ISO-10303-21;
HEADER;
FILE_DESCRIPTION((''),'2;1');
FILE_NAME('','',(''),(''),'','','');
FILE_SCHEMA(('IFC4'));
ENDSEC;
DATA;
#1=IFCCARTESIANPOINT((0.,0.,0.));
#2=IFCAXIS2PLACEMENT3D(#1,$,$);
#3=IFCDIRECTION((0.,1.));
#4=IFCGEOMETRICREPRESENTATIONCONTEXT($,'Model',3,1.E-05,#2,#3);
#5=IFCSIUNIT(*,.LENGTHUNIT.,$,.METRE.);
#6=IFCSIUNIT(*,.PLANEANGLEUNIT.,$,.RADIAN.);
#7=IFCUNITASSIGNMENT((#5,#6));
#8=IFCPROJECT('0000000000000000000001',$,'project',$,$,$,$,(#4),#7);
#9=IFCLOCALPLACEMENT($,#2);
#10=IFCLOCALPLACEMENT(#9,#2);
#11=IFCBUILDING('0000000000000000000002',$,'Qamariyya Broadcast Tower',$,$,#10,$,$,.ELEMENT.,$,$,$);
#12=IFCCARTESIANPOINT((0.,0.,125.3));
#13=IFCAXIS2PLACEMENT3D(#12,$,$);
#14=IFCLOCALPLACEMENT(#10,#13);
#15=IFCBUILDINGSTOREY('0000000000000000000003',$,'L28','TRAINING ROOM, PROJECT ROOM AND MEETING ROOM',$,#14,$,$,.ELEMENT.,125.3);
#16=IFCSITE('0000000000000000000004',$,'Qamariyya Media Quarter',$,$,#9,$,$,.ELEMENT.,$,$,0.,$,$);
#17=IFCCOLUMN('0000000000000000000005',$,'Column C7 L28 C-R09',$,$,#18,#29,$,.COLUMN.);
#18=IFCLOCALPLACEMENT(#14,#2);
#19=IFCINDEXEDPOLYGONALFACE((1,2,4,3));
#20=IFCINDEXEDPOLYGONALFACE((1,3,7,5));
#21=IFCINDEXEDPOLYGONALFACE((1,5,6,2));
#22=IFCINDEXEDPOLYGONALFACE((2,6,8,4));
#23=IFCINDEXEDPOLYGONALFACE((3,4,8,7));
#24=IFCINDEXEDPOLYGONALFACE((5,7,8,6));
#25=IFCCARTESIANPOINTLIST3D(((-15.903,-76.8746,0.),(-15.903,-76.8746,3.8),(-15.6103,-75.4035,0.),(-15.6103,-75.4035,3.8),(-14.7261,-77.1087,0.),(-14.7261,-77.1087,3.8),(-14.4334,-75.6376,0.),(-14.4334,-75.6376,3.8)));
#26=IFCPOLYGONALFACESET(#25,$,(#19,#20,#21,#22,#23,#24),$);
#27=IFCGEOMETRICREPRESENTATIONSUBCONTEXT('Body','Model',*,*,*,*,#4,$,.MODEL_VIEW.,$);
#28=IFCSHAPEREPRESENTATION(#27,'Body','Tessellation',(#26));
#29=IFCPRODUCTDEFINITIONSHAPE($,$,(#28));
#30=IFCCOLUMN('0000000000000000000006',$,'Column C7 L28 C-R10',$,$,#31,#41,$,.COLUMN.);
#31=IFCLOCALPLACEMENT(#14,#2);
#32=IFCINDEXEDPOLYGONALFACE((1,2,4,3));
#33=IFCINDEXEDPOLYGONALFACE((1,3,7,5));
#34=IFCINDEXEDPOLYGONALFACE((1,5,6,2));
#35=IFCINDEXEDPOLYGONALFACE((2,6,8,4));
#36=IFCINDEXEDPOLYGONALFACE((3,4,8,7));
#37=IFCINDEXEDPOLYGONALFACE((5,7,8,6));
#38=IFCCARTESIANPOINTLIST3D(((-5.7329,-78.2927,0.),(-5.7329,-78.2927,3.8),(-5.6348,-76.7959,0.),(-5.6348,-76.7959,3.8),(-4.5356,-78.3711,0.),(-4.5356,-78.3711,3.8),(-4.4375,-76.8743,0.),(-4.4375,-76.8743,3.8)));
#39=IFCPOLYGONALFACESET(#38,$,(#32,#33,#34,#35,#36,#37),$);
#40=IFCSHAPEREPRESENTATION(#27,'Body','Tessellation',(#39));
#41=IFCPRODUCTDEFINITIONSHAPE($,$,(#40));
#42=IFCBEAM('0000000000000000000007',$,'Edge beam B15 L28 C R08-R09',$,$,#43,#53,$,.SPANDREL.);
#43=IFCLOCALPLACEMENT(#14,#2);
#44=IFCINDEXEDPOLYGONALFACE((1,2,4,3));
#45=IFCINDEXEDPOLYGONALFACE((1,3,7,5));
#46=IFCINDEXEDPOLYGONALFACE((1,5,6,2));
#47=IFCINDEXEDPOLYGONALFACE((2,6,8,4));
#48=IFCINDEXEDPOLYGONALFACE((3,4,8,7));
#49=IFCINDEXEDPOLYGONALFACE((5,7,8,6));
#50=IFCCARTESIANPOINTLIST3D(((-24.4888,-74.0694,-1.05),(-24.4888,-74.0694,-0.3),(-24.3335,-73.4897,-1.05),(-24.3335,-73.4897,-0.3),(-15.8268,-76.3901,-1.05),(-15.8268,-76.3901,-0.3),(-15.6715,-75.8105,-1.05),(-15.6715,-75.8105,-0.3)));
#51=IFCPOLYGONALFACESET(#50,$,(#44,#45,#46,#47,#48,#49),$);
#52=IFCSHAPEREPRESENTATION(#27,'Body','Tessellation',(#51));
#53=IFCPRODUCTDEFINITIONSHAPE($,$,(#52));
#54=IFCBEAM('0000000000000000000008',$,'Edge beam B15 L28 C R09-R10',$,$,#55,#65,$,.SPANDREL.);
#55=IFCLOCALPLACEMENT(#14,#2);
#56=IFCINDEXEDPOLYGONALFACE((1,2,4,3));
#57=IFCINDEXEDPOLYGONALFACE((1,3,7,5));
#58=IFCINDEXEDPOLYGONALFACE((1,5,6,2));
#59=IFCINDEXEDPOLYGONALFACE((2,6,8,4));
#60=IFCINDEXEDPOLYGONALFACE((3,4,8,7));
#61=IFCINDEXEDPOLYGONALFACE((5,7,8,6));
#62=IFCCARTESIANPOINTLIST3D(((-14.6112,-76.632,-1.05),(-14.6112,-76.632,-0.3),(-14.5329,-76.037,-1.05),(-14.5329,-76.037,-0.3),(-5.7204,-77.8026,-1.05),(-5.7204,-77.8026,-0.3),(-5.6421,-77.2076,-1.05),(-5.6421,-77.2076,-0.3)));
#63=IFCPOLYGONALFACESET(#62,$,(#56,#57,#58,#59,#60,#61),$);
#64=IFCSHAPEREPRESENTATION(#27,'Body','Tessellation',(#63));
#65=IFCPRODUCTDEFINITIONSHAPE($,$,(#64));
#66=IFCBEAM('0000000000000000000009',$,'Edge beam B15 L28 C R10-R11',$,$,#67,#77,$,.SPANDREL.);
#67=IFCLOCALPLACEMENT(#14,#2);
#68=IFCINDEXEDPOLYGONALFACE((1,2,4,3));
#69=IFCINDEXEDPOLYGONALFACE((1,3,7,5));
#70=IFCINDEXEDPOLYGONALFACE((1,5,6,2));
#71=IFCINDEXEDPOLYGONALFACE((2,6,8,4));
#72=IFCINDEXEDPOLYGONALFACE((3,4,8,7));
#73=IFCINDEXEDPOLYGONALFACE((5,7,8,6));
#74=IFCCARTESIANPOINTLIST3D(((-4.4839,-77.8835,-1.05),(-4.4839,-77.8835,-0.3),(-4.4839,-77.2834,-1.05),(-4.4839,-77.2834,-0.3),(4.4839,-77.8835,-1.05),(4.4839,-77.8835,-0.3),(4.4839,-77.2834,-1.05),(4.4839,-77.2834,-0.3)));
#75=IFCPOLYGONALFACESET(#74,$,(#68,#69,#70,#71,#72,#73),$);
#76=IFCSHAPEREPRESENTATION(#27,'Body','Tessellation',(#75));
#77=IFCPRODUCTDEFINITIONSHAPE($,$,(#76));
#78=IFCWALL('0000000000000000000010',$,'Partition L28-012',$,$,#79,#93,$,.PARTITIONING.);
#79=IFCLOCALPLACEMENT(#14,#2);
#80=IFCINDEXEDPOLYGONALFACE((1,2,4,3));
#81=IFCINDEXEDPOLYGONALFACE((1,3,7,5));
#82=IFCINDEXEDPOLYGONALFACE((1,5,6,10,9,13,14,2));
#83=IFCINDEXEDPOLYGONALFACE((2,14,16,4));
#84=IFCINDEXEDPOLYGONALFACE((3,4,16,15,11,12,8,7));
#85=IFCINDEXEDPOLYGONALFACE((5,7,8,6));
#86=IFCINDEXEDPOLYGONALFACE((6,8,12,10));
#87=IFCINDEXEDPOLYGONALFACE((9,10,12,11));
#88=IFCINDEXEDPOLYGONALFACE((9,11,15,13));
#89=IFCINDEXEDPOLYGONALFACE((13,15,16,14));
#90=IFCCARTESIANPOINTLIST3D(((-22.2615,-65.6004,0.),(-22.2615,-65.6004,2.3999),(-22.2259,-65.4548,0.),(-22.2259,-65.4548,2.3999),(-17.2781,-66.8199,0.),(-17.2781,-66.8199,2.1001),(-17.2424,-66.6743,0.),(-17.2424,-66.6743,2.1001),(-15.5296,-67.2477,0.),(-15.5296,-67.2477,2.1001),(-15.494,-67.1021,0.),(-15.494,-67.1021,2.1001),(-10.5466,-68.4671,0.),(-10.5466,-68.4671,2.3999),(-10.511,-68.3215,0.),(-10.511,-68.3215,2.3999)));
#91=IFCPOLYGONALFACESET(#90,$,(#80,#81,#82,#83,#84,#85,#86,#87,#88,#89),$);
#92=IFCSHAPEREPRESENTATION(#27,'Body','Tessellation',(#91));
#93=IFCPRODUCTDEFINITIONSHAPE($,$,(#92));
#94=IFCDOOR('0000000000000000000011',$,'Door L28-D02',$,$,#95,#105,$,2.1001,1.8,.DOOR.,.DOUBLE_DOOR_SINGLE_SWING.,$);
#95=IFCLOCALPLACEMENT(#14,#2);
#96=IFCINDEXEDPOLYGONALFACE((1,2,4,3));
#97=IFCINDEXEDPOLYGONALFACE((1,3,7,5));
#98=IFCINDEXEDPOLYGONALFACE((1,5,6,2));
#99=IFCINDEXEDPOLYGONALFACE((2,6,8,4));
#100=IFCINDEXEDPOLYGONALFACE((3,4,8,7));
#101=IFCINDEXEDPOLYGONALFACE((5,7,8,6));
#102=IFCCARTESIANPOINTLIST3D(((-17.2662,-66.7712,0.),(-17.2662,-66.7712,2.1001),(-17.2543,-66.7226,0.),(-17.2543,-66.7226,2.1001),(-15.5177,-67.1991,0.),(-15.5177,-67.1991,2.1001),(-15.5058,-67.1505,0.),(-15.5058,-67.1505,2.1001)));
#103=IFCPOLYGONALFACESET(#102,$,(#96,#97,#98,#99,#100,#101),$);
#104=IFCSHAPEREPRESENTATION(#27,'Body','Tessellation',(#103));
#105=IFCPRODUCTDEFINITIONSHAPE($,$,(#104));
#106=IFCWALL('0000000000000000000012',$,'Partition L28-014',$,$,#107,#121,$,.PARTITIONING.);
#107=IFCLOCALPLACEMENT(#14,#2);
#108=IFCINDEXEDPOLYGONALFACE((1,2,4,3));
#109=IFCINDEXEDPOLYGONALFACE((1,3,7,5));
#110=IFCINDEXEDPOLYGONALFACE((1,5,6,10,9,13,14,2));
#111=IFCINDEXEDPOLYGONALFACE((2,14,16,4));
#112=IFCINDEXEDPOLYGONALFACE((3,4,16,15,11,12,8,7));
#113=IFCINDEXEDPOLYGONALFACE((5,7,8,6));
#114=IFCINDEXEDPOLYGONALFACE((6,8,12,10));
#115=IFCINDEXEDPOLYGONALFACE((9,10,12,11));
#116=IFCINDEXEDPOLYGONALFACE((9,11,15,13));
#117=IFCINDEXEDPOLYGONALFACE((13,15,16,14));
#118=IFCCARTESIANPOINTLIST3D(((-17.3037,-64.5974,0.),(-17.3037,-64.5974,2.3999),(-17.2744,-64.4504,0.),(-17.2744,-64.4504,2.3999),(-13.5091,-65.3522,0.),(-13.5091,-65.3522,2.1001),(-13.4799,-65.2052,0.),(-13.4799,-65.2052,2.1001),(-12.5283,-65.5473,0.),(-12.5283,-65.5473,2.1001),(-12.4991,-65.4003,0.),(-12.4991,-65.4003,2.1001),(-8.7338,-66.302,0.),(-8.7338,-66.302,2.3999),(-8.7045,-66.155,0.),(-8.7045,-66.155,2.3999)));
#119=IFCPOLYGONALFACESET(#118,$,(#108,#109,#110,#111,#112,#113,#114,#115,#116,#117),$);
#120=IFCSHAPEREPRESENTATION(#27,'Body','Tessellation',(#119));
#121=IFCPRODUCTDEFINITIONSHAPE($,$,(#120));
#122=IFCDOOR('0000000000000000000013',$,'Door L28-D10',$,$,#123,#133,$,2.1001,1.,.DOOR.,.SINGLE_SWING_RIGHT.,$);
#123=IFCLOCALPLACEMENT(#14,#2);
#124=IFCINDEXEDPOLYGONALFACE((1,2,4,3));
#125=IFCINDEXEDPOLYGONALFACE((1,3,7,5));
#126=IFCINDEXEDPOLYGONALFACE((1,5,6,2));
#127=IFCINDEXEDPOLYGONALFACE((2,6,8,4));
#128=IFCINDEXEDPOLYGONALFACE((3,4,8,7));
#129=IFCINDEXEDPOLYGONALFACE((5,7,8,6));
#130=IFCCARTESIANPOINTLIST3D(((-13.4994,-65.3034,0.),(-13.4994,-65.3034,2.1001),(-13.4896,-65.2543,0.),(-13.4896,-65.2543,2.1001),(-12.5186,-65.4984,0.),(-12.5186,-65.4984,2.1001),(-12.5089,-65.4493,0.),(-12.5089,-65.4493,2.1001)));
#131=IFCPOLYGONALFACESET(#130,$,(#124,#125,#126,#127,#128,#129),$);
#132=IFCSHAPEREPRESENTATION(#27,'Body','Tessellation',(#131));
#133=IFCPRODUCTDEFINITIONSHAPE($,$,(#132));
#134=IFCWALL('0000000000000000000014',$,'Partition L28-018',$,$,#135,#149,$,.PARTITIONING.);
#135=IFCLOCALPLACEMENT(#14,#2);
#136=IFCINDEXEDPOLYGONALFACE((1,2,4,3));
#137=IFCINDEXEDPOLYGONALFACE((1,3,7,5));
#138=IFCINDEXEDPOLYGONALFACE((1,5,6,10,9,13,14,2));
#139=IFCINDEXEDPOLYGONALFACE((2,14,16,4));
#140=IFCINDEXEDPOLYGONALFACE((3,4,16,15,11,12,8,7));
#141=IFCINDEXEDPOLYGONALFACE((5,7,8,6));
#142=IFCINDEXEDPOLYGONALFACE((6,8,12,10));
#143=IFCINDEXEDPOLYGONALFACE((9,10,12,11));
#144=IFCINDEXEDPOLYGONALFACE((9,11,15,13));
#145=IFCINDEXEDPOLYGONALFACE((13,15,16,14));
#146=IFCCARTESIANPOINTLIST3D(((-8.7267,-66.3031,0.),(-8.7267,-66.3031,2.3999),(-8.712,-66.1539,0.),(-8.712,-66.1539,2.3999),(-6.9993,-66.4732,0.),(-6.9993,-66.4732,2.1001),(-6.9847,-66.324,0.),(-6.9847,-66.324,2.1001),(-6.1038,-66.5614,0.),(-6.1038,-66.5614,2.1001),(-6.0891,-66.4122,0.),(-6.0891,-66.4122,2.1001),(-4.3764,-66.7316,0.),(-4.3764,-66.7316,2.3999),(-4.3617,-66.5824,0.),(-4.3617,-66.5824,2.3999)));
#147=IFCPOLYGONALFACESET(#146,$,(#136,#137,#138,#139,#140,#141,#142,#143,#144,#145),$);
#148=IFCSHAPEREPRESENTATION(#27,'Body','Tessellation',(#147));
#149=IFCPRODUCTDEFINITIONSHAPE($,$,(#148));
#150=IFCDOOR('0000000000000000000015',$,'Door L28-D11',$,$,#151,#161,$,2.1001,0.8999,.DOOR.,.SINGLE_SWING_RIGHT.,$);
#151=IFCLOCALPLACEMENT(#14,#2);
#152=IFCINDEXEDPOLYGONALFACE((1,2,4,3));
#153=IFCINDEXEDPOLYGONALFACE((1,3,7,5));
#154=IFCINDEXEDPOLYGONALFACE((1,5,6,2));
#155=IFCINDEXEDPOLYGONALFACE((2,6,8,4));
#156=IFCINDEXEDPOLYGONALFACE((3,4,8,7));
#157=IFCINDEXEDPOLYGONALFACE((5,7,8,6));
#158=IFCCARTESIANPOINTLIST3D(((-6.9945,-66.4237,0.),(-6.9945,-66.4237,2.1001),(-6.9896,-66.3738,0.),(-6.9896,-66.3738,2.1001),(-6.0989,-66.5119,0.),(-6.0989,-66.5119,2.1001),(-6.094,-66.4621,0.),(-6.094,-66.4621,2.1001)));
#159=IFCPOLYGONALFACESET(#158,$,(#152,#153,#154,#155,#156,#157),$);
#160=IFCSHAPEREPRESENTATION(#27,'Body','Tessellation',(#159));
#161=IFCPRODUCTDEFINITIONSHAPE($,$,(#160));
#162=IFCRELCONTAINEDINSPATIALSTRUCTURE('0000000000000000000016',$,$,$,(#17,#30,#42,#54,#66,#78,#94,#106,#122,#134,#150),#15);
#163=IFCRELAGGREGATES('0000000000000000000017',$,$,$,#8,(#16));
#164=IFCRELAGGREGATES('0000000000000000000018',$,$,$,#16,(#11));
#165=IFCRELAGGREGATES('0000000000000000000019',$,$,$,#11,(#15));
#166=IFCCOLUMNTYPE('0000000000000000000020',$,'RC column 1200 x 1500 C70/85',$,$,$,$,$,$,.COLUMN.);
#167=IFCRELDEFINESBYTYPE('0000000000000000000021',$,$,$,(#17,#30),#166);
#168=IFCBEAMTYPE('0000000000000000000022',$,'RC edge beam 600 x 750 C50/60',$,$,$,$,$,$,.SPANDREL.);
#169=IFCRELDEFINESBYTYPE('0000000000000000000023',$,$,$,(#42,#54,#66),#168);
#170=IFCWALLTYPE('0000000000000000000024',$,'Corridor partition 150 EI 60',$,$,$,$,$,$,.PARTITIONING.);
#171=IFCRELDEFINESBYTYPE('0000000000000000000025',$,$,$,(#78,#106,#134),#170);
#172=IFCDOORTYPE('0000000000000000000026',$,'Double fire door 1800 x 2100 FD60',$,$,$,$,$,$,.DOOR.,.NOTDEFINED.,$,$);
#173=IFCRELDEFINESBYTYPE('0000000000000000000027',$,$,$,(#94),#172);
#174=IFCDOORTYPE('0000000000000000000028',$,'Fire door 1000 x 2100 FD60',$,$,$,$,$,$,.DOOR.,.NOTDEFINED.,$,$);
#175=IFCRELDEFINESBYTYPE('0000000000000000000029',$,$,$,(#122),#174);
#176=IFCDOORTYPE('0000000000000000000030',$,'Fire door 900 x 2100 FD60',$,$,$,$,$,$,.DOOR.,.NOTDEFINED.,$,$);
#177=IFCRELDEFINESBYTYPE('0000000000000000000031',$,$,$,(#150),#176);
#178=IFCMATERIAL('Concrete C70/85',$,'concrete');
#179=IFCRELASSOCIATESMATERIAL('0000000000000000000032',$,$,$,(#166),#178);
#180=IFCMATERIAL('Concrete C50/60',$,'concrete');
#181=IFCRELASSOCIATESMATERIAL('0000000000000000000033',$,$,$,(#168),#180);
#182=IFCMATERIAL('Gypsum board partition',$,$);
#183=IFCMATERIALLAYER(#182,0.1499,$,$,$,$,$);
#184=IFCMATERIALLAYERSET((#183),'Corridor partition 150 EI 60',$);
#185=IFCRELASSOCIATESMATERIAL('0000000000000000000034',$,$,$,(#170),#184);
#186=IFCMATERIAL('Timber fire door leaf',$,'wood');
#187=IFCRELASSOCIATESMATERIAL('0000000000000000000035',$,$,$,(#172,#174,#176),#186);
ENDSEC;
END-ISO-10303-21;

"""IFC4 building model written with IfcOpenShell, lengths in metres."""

from ifc_helpers import new_model, si_unit, direction, frame, frame_2d, origin, origin_2d, place, context, subcontext, project, spatial, rectangle, extrude, material, layer, layer_set, material_profile, profile_set, type_object, element, fill, save


model = new_model("IFC4")

# Units and contexts
model_context = context("Model", 3, precision=1e-05, world=origin(), true_north=direction((0.0, 1.0)))
body_context = subcontext(model_context, "Body", "Model", "MODEL_VIEW")
ifc_project = project(units=[si_unit("LENGTHUNIT", "METRE"), si_unit("PLANEANGLEUNIT", "RADIAN")], contexts=[model_context])

# Site, building, storey
site_placement = place(None, origin())
site = spatial("IfcSite", under=ifc_project, at=site_placement, Name="Qamariyya Media Quarter", CompositionType="ELEMENT", RefElevation=0.0)
building_placement = place(site_placement, origin())
building = spatial("IfcBuilding", under=site, at=building_placement, Name="Qamariyya Broadcast Tower", CompositionType="ELEMENT")
storey_placement = place(building_placement, frame((0.0, 0.0, 125.3)))
storey = spatial("IfcBuildingStorey", under=building, at=storey_placement, Name="L28", Description="TRAINING ROOM, PROJECT ROOM AND MEETING ROOM", CompositionType="ELEMENT", Elevation=125.3)

# Columns
ifc_material_1 = material(Name="Concrete C70/85", Category="concrete")
ifc_material_profile_1 = material_profile(ifc_material_1, rectangle(XDim=1.2, YDim=1.5, at=origin_2d()))
ifc_profile_set_1 = profile_set([ifc_material_profile_1], Name="Concrete C70/85")
column_type = type_object("IfcColumnType", Name="RC column 1200 x 1500 C70/85", PredefinedType="COLUMN", material=ifc_profile_set_1)
for number, where, z_axis, x_axis, name in (
    (1, (-15.1682, -76.2561, 0.0), (0.0, 0.0, 1.0), (0.980785, -0.19509, 0.0), "Column C7 L28 C-R09"),
    (2, (-5.0852, -77.5835, 0.0), (0.0, 0.0, 1.0), (0.997859, -0.065403, 0.0), "Column C7 L28 C-R10"),
):
    element("IfcColumn", number, at=place(storey_placement, frame(where, z_axis=z_axis, x_axis=x_axis)), inside=storey, type_object=column_type, Name=name, PredefinedType="COLUMN", context=body_context, shape_type="SweptSolid", body=[
        extrude(rectangle(XDim=1.2, YDim=1.5, at=origin_2d()), origin(), (0.0, 0.0, 1.0), 3.8),
    ])

# Beams
ifc_material_2 = material(Name="Concrete C50/60", Category="concrete")
ifc_material_profile_2 = material_profile(ifc_material_2, rectangle(XDim=0.6001, YDim=0.75, at=origin_2d()))
ifc_profile_set_2 = profile_set([ifc_material_profile_2], Name="Concrete C50/60")
beam_type = type_object("IfcBeamType", Name="RC edge beam 600 x 750 C50/60", PredefinedType="SPANDREL", material=ifc_profile_set_2)
for number, where, z_axis, x_axis, name in (
    (3, (-24.4111, -73.7795, -0.675), (0.965932, -0.258798, 0.0), (0.258798, 0.965932, 0.0), "Edge beam B15 L28 C R08-R09"),
    (4, (-14.572, -76.3345, -0.675), (0.991443, -0.130543, 0.0), (0.130543, 0.991443, 0.0), "Edge beam B15 L28 C R09-R10"),
):
    element("IfcBeam", number, at=place(storey_placement, frame(where, z_axis=z_axis, x_axis=x_axis)), inside=storey, type_object=beam_type, Name=name, PredefinedType="SPANDREL", context=body_context, shape_type="SweptSolid", body=[
        extrude(rectangle(XDim=0.6001, YDim=0.75, at=origin_2d()), origin(), (0.0, 0.0, 1.0), 8.9675),
    ])
beam_placement = place(storey_placement, frame((-4.4839, -77.5835, -0.675), z_axis=(1.0, 0.0, 0.0), x_axis=(0.0, 1.0, 0.0)))
element("IfcBeam", 5, at=beam_placement, inside=storey, type_object=beam_type, Name="Edge beam B15 L28 C R10-R11", PredefinedType="SPANDREL", context=body_context, shape_type="SweptSolid", body=[
    extrude(rectangle(XDim=0.6001, YDim=0.75, at=origin_2d()), origin(), (0.0, 0.0, 1.0), 8.9678),
])

# Walls, openings, doors
ifc_material_3 = material(Name="Gypsum board partition")
ifc_layer_1 = layer(ifc_material_3, 0.1499)
ifc_layer_set_1 = layer_set([ifc_layer_1], Name="Corridor partition 150 EI 60")
wall_type_1 = type_object("IfcWallType", Name="Corridor partition 150 EI 60", PredefinedType="PARTITIONING", material=ifc_layer_set_1)
wall_1_placement = place(storey_placement, frame((-10.5288, -68.3943, 0.0), z_axis=(0.0, 0.0, 1.0), x_axis=(-0.97134, 0.237693, 0.0)))
wall_1 = element("IfcWall", 6, at=wall_1_placement, inside=storey, type_object=wall_type_1, Name="Partition L28-012", PredefinedType="PARTITIONING", context=body_context, shape_type="SweptSolid", body=[
    extrude(rectangle(XDim=12.0605, YDim=0.1499, at=frame_2d((6.0303, 0.0))), origin(), (0.0, 0.0, 1.0), 2.3999),
])
opening_1_placement = place(wall_1_placement, frame((5.1301, 0.0, 0.0)))
opening_1 = element("IfcOpeningElement", 7, at=opening_1_placement, cuts=wall_1, PredefinedType="OPENING", context=body_context, shape_type="SweptSolid", body=[
    extrude(rectangle(XDim=1.8, YDim=2.1001, at=frame_2d((0.8999, 1.05))), frame((0.0, 0.085, 0.0), z_axis=(0.0, -1.0, 0.0), x_axis=(1.0, 0.0, 0.0)), (0.0, 0.0, 1.0), 0.1699),
])
ifc_material_4 = material(Name="Timber fire door leaf", Category="wood")
door_type_1 = type_object("IfcDoorType", Name="Double fire door 1800 x 2100 FD60", OperationType="NOTDEFINED", PredefinedType="DOOR", material=ifc_material_4)
door_1_placement = place(opening_1_placement, origin())
door_1 = element("IfcDoor", 8, at=door_1_placement, inside=storey, type_object=door_type_1, Name="Door L28-D02", OperationType="DOUBLE_DOOR_SINGLE_SWING", OverallHeight=2.1001, OverallWidth=1.8, PredefinedType="DOOR", context=body_context, shape_type="SweptSolid", body=[
    extrude(rectangle(XDim=1.8, YDim=2.1001, at=frame_2d((0.8999, 1.05))), frame((0.0, 0.0249, 0.0), z_axis=(0.0, -1.0, 0.0), x_axis=(1.0, 0.0, 0.0)), (0.0, 0.0, 1.0), 0.05),
])
fill(opening_1, door_1)
wall_2_placement = place(storey_placement, frame((-17.2891, -64.5239, 0.0), z_axis=(0.0, 0.0, 1.0), x_axis=(0.980786, -0.195084, 0.0)))
wall_2 = element("IfcWall", 9, at=wall_2_placement, inside=storey, type_object=wall_type_1, Name="Partition L28-014", PredefinedType="PARTITIONING", context=body_context, shape_type="SweptSolid", body=[
    extrude(rectangle(XDim=8.7378, YDim=0.1499, at=frame_2d((4.3689, 0.0))), origin(), (0.0, 0.0, 1.0), 2.3999),
])
opening_2_placement = place(wall_2_placement, frame((3.8689, 0.0, 0.0)))
opening_2 = element("IfcOpeningElement", 10, at=opening_2_placement, cuts=wall_2, PredefinedType="OPENING", context=body_context, shape_type="SweptSolid", body=[
    extrude(rectangle(XDim=1.0, YDim=2.1001, at=frame_2d((0.5, 1.05))), frame((0.0, 0.085, 0.0), z_axis=(0.0, -1.0, 0.0), x_axis=(1.0, 0.0, 0.0)), (0.0, 0.0, 1.0), 0.1699),
])
door_type_2 = type_object("IfcDoorType", Name="Fire door 1000 x 2100 FD60", OperationType="NOTDEFINED", PredefinedType="DOOR", material=ifc_material_4)
door_2_placement = place(opening_2_placement, origin())
door_2 = element("IfcDoor", 11, at=door_2_placement, inside=storey, type_object=door_type_2, Name="Door L28-D10", OperationType="SINGLE_SWING_RIGHT", OverallHeight=2.1001, OverallWidth=1.0, PredefinedType="DOOR", context=body_context, shape_type="SweptSolid", body=[
    extrude(rectangle(XDim=1.0, YDim=2.1001, at=frame_2d((0.5, 1.05))), frame((0.0, 0.0249, 0.0), z_axis=(0.0, -1.0, 0.0), x_axis=(1.0, 0.0, 0.0)), (0.0, 0.0, 1.0), 0.05),
])
fill(opening_2, door_2)
wall_3_placement = place(storey_placement, frame((-8.7192, -66.2285, 0.0), z_axis=(0.0, 0.0, 1.0), x_axis=(0.995185, -0.098016, 0.0)))
wall_3 = element("IfcWall", 12, at=wall_3_placement, inside=storey, type_object=wall_type_1, Name="Partition L28-018", PredefinedType="PARTITIONING", context=body_context, shape_type="SweptSolid", body=[
    extrude(rectangle(XDim=4.3713, YDim=0.1499, at=frame_2d((2.1855, 0.0))), origin(), (0.0, 0.0, 1.0), 2.3999),
])
opening_3_placement = place(wall_3_placement, frame((1.7356, 0.0, 0.0)))
opening_3 = element("IfcOpeningElement", 13, at=opening_3_placement, cuts=wall_3, PredefinedType="OPENING", context=body_context, shape_type="SweptSolid", body=[
    extrude(rectangle(XDim=0.8999, YDim=2.1001, at=frame_2d((0.45, 1.05))), frame((0.0, 0.085, 0.0), z_axis=(0.0, -1.0, 0.0), x_axis=(1.0, 0.0, 0.0)), (0.0, 0.0, 1.0), 0.1699),
])
door_type_3 = type_object("IfcDoorType", Name="Fire door 900 x 2100 FD60", OperationType="NOTDEFINED", PredefinedType="DOOR", material=ifc_material_4)
door_3_placement = place(opening_3_placement, origin())
door_3 = element("IfcDoor", 14, at=door_3_placement, inside=storey, type_object=door_type_3, Name="Door L28-D11", OperationType="SINGLE_SWING_RIGHT", OverallHeight=2.1001, OverallWidth=0.8999, PredefinedType="DOOR", context=body_context, shape_type="SweptSolid", body=[
    extrude(rectangle(XDim=0.8999, YDim=2.1001, at=frame_2d((0.45, 1.05))), frame((0.0, 0.0249, 0.0), z_axis=(0.0, -1.0, 0.0), x_axis=(1.0, 0.0, 0.0)), (0.0, 0.0, 1.0), 0.05),
])
fill(opening_3, door_3)

save(model, "model.ifc")
